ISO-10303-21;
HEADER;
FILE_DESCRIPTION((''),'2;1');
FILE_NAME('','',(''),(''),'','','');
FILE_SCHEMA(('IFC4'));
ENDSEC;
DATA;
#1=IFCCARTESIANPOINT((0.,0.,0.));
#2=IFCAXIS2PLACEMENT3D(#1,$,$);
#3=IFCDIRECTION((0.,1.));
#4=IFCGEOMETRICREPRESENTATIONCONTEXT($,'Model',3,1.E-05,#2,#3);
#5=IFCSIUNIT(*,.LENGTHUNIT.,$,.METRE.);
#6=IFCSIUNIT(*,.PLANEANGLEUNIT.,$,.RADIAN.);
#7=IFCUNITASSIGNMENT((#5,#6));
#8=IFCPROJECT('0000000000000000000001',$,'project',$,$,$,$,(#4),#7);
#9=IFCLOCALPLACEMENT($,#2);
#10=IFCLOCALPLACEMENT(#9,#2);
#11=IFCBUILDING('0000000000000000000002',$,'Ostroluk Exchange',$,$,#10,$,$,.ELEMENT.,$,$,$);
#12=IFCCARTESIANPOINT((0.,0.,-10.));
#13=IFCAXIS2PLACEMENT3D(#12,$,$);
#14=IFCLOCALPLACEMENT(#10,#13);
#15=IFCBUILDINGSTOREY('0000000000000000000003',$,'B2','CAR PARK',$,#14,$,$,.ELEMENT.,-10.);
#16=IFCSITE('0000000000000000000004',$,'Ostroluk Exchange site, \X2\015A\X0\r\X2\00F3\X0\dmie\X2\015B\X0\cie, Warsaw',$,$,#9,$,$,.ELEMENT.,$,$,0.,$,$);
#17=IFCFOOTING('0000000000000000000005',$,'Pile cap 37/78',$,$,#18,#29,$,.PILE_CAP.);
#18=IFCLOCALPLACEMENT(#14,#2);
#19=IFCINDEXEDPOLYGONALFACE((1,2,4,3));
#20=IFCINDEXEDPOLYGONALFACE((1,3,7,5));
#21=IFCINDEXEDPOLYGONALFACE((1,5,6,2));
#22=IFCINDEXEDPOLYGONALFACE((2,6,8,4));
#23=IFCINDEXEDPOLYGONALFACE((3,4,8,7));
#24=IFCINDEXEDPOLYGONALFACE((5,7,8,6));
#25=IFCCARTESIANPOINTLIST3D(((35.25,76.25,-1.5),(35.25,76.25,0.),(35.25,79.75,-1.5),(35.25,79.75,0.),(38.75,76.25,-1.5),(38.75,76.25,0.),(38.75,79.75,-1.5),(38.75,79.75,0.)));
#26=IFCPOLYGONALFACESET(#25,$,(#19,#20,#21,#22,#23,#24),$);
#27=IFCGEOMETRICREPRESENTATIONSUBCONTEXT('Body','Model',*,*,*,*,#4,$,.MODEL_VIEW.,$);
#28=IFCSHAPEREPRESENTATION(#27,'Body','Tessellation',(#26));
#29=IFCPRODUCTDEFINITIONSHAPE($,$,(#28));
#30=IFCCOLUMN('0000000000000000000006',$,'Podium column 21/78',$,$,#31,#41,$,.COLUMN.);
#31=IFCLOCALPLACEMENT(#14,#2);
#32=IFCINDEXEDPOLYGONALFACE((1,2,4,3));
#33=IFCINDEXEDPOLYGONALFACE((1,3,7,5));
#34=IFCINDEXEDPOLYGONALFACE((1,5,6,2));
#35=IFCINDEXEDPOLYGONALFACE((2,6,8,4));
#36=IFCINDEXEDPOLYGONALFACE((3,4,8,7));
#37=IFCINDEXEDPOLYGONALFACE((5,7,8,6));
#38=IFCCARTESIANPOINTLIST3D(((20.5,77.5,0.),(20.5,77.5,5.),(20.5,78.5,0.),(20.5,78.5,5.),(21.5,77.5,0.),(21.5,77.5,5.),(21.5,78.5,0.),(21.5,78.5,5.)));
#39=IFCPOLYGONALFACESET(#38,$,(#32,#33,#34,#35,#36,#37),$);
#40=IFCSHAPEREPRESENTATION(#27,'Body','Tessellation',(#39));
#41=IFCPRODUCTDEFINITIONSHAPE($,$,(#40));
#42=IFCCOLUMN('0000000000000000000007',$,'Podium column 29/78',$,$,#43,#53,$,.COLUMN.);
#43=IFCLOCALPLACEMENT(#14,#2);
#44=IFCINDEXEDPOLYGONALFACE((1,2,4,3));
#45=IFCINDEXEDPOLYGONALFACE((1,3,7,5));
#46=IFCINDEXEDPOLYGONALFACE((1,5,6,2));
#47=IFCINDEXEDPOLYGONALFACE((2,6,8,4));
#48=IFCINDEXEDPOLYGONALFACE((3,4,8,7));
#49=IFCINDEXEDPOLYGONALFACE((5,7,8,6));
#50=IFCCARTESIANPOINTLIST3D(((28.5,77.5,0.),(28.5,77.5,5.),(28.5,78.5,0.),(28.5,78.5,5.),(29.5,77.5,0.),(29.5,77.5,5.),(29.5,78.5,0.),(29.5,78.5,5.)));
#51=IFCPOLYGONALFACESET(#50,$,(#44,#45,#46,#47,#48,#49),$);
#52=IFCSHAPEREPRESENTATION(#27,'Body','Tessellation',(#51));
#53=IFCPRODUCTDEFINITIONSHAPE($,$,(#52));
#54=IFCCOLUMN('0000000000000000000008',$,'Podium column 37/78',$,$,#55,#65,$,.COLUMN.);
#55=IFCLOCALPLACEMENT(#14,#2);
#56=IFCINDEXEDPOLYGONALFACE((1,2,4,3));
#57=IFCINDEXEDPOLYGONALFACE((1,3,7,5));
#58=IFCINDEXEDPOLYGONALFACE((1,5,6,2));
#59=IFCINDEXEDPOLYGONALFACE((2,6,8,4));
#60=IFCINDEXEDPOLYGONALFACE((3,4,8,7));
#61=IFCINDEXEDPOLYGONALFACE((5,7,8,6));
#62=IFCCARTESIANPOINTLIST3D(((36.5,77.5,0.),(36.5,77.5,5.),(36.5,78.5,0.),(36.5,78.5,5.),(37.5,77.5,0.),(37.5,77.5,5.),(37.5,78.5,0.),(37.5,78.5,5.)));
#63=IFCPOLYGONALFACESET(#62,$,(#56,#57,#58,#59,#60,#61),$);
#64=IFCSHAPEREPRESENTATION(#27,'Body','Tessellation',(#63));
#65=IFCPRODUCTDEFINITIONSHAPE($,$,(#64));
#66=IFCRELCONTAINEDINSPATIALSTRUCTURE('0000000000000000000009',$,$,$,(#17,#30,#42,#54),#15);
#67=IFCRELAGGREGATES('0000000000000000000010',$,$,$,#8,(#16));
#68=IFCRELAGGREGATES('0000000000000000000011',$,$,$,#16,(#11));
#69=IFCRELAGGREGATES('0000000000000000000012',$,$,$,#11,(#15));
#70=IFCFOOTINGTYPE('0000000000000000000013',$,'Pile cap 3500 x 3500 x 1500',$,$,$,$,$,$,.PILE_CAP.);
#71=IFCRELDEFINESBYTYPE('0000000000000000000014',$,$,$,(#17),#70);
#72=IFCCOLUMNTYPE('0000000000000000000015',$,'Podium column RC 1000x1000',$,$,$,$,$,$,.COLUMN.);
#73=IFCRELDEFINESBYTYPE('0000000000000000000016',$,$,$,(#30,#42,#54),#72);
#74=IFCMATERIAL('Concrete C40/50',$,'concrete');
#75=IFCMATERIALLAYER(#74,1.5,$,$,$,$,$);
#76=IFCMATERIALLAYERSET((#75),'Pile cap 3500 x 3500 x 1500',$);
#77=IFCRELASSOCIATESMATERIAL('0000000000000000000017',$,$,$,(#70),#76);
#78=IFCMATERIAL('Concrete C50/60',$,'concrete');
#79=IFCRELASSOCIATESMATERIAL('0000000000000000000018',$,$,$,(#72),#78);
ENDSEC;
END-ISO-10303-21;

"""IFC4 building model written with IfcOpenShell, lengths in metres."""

from ifc_helpers import new_model, si_unit, direction, frame, origin, origin_2d, place, context, subcontext, project, spatial, rectangle, extrude, material, layer, layer_set, material_profile, profile_set, type_object, element, save


model = new_model("IFC4")

# Units and contexts
model_context = context("Model", 3, precision=1e-05, world=origin(), true_north=direction((0.0, 1.0)))
body_context = subcontext(model_context, "Body", "Model", "MODEL_VIEW")
ifc_project = project(units=[si_unit("LENGTHUNIT", "METRE"), si_unit("PLANEANGLEUNIT", "RADIAN")], contexts=[model_context])

# Site, building, storey
site_placement = place(None, origin())
site = spatial("IfcSite", under=ifc_project, at=site_placement, Name="Ostroluk Exchange site, Śródmieście, Warsaw", CompositionType="ELEMENT", RefElevation=0.0)
building_placement = place(site_placement, origin())
building = spatial("IfcBuilding", under=site, at=building_placement, Name="Ostroluk Exchange", CompositionType="ELEMENT")
storey_placement = place(building_placement, frame((0.0, 0.0, -10.0)))
storey = spatial("IfcBuildingStorey", under=building, at=storey_placement, Name="B2", Description="CAR PARK", CompositionType="ELEMENT", Elevation=-10.0)

# Footing
ifc_material_1 = material(Name="Concrete C40/50", Category="concrete")
ifc_layer = layer(ifc_material_1, 1.5)
ifc_layer_set = layer_set([ifc_layer], Name="Pile cap 3500 x 3500 x 1500")
footing_type = type_object("IfcFootingType", Name="Pile cap 3500 x 3500 x 1500", PredefinedType="PILE_CAP", material=ifc_layer_set)
for number, where, z_axis, x_axis, name in (
    (1, (37.0, 78.0, -1.5), (0.0, 0.0, 1.0), (1.0, 0.0, 0.0), "Pile cap 37/78"),
):
    element("IfcFooting", number, at=place(storey_placement, frame(where, z_axis=z_axis, x_axis=x_axis)), inside=storey, type_object=footing_type, Name=name, PredefinedType="PILE_CAP", context=body_context, shape_type="SweptSolid", body=[
        extrude(rectangle(XDim=3.5, YDim=3.5, at=origin_2d()), origin(), (0.0, 0.0, 1.0), 1.5),
    ])

# Columns
ifc_material_2 = material(Name="Concrete C50/60", Category="concrete")
ifc_material_profile = material_profile(ifc_material_2, rectangle(XDim=1.0, YDim=1.0, at=origin_2d()), Name="RC 1000x1000")
ifc_profile_set = profile_set([ifc_material_profile], Name="Concrete C50/60")
column_type = type_object("IfcColumnType", Name="Podium column RC 1000x1000", PredefinedType="COLUMN", material=ifc_profile_set)
for number, where, z_axis, x_axis, name in (
    (2, (21.0, 78.0, 0.0), (0.0, 0.0, 1.0), (1.0, 0.0, 0.0), "Podium column 21/78"),
    (3, (29.0, 78.0, 0.0), (0.0, 0.0, 1.0), (1.0, 0.0, 0.0), "Podium column 29/78"),
    (4, (37.0, 78.0, 0.0), (0.0, 0.0, 1.0), (1.0, 0.0, 0.0), "Podium column 37/78"),
):
    element("IfcColumn", number, at=place(storey_placement, frame(where, z_axis=z_axis, x_axis=x_axis)), inside=storey, type_object=column_type, Name=name, PredefinedType="COLUMN", context=body_context, shape_type="SweptSolid", body=[
        extrude(rectangle(XDim=1.0, YDim=1.0, at=origin_2d()), origin(), (0.0, 0.0, 1.0), 5.0),
    ])

save(model, "model.ifc")
